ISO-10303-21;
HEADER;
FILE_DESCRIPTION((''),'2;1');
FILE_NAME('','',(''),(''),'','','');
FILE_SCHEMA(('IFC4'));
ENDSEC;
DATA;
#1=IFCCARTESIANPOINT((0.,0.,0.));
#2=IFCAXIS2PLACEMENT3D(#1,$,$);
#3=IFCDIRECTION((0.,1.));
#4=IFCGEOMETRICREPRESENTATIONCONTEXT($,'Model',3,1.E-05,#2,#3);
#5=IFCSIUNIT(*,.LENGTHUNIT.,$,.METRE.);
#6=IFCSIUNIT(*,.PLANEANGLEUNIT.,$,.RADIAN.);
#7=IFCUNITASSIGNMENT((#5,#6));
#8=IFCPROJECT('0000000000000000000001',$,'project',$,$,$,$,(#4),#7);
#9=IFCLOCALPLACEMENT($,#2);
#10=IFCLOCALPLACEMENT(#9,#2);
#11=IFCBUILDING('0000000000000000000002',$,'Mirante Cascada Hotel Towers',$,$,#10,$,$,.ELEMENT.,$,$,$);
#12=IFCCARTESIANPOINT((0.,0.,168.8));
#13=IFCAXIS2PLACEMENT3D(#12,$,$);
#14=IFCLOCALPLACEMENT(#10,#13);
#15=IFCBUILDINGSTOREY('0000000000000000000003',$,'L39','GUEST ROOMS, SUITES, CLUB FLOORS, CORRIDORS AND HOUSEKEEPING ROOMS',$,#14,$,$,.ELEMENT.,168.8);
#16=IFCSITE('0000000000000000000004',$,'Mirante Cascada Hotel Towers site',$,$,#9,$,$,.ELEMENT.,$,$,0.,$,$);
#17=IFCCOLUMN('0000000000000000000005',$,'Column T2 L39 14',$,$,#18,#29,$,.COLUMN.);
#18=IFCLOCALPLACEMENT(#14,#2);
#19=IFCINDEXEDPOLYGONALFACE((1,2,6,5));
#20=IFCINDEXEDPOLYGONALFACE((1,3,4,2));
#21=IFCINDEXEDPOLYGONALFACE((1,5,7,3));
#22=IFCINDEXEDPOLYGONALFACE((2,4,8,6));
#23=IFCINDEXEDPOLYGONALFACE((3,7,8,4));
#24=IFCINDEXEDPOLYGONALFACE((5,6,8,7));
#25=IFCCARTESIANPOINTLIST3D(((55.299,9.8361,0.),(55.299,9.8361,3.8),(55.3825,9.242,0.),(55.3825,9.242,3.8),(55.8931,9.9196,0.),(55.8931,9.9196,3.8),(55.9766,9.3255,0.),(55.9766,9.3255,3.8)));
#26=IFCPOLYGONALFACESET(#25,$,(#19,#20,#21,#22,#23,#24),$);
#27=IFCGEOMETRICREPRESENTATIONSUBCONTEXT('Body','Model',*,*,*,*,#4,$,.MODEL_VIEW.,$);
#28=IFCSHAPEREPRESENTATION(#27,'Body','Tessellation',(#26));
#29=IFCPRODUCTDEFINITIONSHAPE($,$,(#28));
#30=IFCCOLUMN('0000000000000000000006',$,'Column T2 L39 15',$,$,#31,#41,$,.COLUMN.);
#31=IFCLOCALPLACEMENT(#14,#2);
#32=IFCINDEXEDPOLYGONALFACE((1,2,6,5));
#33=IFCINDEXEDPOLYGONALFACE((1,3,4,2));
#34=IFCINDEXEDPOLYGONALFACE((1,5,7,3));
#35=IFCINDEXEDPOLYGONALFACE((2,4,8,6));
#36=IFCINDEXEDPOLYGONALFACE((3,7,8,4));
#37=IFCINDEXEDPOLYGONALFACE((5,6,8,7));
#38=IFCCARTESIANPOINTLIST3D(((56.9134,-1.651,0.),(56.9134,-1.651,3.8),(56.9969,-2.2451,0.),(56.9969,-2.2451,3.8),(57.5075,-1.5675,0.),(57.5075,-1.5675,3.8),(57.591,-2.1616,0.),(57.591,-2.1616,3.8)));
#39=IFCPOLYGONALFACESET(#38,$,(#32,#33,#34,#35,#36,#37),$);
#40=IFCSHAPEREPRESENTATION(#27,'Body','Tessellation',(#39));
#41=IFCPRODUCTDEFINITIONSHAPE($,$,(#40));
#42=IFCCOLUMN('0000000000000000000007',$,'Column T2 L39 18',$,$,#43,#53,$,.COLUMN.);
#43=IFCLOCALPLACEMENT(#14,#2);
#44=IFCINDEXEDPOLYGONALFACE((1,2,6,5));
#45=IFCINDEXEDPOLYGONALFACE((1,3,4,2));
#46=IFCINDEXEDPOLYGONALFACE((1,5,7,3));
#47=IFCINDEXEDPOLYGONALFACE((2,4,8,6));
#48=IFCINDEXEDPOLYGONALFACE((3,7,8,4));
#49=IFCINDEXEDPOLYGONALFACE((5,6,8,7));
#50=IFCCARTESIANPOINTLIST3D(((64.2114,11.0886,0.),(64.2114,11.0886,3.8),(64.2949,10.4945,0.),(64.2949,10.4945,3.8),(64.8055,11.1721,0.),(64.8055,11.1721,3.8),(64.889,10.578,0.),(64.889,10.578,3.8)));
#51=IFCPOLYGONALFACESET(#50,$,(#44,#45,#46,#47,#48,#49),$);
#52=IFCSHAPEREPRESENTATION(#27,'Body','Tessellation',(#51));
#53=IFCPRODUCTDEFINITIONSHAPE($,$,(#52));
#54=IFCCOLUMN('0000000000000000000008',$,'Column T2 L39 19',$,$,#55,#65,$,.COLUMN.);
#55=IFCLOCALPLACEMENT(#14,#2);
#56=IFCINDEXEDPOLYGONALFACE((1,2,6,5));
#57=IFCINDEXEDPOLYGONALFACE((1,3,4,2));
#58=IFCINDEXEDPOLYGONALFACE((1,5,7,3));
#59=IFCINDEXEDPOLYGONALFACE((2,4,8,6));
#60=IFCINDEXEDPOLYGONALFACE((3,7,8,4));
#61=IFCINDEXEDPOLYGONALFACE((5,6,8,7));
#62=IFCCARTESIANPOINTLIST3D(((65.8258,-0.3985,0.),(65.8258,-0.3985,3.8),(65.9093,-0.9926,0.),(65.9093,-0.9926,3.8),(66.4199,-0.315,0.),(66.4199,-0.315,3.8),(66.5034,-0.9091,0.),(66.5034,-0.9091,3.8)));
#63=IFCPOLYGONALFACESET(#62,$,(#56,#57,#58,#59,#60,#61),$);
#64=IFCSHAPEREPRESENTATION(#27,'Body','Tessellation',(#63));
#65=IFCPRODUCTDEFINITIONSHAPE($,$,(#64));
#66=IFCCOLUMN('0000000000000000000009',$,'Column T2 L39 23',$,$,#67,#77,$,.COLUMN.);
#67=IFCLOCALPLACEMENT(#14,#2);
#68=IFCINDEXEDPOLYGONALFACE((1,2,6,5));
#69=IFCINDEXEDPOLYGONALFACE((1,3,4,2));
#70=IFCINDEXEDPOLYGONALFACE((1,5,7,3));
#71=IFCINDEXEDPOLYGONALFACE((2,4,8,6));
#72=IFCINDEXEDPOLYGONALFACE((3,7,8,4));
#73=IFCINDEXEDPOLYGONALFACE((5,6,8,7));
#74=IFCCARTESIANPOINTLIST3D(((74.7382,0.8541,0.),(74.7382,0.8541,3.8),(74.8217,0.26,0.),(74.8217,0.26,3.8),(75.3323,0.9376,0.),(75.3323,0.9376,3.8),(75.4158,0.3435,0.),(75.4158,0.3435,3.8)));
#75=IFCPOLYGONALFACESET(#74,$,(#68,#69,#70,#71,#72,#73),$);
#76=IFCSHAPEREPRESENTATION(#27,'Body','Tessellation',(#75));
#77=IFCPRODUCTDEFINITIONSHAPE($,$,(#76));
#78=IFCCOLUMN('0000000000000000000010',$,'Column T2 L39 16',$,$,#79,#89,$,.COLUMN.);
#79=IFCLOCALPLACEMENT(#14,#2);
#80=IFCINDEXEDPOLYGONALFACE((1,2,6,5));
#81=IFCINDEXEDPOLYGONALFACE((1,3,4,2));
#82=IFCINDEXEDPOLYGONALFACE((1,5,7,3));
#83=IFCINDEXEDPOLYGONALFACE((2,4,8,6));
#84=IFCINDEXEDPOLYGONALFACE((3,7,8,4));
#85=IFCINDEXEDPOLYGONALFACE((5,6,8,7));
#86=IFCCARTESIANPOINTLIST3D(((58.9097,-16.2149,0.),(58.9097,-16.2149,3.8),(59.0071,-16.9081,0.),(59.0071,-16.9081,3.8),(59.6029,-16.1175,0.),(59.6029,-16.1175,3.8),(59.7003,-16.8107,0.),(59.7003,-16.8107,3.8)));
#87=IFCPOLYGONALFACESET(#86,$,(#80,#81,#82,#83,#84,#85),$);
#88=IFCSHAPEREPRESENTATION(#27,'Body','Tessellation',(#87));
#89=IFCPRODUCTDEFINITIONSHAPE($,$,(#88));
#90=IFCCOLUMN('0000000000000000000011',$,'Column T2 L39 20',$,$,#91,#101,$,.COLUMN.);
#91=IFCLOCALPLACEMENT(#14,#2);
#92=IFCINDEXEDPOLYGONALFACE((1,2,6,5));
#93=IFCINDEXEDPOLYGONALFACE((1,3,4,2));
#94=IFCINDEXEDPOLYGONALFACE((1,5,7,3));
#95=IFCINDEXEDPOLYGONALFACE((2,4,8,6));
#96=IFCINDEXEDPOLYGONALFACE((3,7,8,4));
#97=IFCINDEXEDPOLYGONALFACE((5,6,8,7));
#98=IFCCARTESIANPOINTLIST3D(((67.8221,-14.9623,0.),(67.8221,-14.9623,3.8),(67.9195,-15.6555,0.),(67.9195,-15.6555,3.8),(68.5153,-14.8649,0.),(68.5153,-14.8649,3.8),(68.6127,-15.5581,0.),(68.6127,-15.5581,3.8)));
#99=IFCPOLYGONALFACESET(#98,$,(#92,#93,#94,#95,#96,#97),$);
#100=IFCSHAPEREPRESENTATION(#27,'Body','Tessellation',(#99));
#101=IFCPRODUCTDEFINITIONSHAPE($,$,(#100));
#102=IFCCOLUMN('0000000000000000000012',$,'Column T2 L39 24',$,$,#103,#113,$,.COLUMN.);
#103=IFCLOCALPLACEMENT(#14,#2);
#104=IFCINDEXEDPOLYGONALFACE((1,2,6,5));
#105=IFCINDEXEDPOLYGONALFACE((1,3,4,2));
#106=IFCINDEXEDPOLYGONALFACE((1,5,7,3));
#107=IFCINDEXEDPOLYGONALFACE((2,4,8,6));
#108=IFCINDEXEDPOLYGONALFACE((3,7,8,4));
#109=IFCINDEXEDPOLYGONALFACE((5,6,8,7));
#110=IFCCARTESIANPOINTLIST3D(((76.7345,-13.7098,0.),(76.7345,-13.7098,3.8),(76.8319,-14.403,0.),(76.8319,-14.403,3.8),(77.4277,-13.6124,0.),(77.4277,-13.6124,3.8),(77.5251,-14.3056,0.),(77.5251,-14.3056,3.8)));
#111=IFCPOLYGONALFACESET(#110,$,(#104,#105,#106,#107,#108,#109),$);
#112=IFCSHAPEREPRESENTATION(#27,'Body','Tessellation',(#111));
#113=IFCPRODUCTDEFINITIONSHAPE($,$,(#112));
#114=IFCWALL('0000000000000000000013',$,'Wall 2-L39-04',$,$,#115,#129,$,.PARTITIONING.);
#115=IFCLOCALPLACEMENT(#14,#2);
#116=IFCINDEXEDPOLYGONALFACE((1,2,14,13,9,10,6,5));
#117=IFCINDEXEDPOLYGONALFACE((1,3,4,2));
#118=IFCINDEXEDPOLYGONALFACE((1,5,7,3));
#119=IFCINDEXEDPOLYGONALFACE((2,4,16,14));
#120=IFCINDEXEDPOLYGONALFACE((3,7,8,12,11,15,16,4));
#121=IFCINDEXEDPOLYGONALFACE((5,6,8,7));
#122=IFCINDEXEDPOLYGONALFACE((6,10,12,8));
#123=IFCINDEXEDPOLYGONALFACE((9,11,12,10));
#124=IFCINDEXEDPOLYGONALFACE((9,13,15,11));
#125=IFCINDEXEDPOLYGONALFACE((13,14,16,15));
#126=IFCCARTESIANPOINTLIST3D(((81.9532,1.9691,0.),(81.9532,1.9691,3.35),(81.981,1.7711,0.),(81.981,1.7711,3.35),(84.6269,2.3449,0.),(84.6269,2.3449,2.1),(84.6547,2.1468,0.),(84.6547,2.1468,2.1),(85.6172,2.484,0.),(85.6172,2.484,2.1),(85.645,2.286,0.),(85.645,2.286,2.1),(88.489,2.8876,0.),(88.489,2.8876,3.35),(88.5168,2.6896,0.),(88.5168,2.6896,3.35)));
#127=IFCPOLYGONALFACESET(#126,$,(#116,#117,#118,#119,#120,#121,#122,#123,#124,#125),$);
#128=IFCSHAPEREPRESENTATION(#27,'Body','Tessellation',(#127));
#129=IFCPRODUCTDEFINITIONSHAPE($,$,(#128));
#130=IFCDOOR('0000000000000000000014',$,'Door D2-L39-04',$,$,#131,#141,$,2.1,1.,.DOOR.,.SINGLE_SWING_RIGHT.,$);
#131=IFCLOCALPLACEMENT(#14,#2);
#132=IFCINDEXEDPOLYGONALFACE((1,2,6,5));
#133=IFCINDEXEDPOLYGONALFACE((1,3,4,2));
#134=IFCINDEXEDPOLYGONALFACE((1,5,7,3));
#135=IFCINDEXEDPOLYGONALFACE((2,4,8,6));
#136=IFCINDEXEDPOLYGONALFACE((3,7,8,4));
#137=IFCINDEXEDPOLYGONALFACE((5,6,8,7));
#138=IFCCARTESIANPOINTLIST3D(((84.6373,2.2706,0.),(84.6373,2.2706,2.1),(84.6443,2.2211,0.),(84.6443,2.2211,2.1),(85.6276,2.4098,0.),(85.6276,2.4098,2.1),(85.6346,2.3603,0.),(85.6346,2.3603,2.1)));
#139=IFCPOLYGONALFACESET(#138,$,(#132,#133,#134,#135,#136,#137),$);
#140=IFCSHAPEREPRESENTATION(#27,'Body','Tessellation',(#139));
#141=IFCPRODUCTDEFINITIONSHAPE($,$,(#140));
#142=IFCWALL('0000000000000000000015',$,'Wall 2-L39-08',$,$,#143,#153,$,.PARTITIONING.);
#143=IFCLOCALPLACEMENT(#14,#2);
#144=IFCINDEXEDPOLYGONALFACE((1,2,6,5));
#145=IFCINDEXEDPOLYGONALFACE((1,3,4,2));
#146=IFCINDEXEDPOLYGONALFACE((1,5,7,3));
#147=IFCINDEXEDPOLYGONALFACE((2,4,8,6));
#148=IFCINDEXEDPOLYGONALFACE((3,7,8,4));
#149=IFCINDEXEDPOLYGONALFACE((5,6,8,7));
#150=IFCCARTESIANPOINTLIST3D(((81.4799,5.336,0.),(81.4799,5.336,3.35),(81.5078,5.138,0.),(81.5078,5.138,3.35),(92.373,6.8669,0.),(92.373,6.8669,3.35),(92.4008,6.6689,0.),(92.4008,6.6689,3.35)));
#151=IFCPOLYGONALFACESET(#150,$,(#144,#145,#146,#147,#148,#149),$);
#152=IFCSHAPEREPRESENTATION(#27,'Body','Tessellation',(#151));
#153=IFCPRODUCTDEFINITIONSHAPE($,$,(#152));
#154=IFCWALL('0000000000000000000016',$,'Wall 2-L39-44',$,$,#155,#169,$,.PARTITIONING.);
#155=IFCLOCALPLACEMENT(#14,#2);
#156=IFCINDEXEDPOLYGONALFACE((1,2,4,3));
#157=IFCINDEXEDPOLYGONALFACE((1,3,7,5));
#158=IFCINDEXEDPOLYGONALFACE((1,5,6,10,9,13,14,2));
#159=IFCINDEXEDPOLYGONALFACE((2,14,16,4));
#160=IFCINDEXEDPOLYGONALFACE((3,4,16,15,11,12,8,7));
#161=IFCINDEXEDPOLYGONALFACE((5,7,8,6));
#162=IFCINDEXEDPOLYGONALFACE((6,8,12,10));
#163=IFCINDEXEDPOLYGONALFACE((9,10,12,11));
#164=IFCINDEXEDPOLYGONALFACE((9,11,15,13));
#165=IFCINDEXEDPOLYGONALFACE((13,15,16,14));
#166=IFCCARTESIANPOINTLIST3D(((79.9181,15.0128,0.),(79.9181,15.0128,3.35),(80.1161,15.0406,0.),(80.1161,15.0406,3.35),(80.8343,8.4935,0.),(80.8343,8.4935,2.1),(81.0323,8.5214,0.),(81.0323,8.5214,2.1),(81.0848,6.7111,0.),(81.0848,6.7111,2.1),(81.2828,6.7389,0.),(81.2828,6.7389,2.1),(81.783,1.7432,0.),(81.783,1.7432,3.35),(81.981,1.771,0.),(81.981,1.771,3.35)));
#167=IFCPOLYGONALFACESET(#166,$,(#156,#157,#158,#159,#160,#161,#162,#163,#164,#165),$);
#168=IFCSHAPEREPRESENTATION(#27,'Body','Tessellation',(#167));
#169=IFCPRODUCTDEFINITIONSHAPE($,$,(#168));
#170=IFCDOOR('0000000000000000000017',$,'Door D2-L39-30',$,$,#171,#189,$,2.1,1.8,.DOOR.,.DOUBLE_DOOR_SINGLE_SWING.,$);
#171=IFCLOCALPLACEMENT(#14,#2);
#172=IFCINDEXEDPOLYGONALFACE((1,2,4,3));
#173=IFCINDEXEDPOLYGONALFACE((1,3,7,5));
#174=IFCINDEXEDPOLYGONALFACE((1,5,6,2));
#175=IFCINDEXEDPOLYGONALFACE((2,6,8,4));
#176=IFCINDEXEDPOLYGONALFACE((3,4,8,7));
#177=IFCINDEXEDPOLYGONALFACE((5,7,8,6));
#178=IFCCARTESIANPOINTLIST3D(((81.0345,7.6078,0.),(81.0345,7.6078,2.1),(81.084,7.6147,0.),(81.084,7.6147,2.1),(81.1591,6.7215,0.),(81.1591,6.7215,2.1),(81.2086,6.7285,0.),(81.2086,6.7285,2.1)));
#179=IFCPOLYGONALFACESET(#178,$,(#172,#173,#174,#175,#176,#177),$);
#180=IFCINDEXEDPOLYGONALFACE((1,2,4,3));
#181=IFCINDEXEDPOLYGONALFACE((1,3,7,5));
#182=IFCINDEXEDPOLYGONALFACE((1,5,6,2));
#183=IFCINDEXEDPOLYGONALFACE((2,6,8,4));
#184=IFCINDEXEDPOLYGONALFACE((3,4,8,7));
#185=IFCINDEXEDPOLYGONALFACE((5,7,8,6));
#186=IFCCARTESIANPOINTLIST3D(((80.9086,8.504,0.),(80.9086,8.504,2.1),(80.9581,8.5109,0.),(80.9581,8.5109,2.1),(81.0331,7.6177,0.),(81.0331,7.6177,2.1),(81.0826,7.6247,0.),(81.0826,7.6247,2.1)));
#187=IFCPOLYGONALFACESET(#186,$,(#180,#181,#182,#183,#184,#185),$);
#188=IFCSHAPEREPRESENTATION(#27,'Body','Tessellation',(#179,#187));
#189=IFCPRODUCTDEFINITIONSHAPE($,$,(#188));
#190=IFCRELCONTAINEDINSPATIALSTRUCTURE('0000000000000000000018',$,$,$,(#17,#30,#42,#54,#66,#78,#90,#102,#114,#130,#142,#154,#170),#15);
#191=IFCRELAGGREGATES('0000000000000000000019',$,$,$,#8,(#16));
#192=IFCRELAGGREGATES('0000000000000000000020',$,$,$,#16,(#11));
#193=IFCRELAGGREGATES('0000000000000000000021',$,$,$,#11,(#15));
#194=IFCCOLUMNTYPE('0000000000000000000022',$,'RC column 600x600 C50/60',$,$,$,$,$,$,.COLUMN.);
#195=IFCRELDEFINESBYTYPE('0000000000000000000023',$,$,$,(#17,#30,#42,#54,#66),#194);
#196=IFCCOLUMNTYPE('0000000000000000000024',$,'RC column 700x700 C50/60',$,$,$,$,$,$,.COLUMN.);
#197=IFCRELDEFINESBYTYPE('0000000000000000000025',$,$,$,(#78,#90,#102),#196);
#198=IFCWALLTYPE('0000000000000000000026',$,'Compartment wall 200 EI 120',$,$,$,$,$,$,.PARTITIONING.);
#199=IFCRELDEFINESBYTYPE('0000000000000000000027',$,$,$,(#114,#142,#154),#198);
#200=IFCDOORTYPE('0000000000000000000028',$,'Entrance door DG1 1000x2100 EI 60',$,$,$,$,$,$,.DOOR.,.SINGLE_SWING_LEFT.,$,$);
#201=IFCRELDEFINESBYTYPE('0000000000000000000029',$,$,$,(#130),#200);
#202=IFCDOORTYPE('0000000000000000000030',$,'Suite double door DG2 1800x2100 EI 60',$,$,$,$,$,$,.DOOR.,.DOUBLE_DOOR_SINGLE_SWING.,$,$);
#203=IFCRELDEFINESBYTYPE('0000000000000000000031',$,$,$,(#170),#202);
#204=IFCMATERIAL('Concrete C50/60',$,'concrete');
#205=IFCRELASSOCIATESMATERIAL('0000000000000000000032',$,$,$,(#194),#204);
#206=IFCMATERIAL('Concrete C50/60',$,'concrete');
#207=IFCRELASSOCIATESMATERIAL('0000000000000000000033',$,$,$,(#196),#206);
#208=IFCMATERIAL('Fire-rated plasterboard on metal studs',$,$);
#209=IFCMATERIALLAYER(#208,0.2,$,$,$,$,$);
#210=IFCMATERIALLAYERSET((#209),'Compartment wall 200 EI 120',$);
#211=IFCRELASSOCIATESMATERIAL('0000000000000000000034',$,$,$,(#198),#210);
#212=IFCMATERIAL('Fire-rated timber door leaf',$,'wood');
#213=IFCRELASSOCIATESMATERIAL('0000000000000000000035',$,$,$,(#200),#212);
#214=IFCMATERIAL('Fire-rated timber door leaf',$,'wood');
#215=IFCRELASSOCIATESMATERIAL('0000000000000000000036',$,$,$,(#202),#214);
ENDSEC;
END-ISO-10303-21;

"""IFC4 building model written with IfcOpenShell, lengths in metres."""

from ifc_helpers import new_model, si_unit, direction, frame, frame_2d, origin, origin_2d, place, context, subcontext, project, spatial, rectangle, extrude, material, layer, layer_set, material_profile, profile_set, type_object, element, fill, save


model = new_model("IFC4")

# Units and contexts
model_context = context("Model", 3, precision=1e-05, world=origin(), true_north=direction((0.0, 1.0)))
body_context = subcontext(model_context, "Body", "Model", "MODEL_VIEW")
ifc_project = project(units=[si_unit("LENGTHUNIT", "METRE"), si_unit("PLANEANGLEUNIT", "RADIAN")], contexts=[model_context])

# Site, building, storey
site_placement = place(None, origin())
site = spatial("IfcSite", under=ifc_project, at=site_placement, Name="Mirante Cascada Hotel Towers site", CompositionType="ELEMENT", RefElevation=0.0)
building_placement = place(site_placement, origin())
building = spatial("IfcBuilding", under=site, at=building_placement, Name="Mirante Cascada Hotel Towers", CompositionType="ELEMENT")
storey_placement = place(building_placement, frame((0.0, 0.0, 168.8)))
storey = spatial("IfcBuildingStorey", under=building, at=storey_placement, Name="L39", Description="GUEST ROOMS, SUITES, CLUB FLOORS, CORRIDORS AND HOUSEKEEPING ROOMS", CompositionType="ELEMENT", Elevation=168.8)

# Columns
ifc_material_1 = material(Name="Concrete C50/60", Category="concrete")
ifc_material_profile_1 = material_profile(ifc_material_1, rectangle(XDim=0.6, YDim=0.6, at=origin_2d()), Name="RC column 600x600 C50/60")
ifc_profile_set_1 = profile_set([ifc_material_profile_1], Name="Concrete C50/60")
column_type_1 = type_object("IfcColumnType", Name="RC column 600x600 C50/60", PredefinedType="COLUMN", material=ifc_profile_set_1)
for number, where, z_axis, x_axis, name in (
    (1, (55.6378, 9.5808, 0.0), (0.0, 0.0, 1.0), (0.990268, 0.139173, 0.0), "Column T2 L39 14"),
    (2, (57.2522, -1.9063, 0.0), (0.0, 0.0, 1.0), (0.990268, 0.139173, 0.0), "Column T2 L39 15"),
    (3, (64.5502, 10.8333, 0.0), (0.0, 0.0, 1.0), (0.990268, 0.139173, 0.0), "Column T2 L39 18"),
    (4, (66.1646, -0.6538, 0.0), (0.0, 0.0, 1.0), (0.990268, 0.139173, 0.0), "Column T2 L39 19"),
    (5, (75.077, 0.5988, 0.0), (0.0, 0.0, 1.0), (0.990268, 0.139173, 0.0), "Column T2 L39 23"),
):
    element("IfcColumn", number, at=place(storey_placement, frame(where, z_axis=z_axis, x_axis=x_axis)), inside=storey, type_object=column_type_1, Name=name, PredefinedType="COLUMN", context=body_context, shape_type="SweptSolid", body=[
        extrude(rectangle(XDim=0.6, YDim=0.6, at=origin_2d()), origin(), (0.0, 0.0, 1.0), 3.8),
    ])
ifc_material_2 = material(Name="Concrete C50/60", Category="concrete")
ifc_material_profile_2 = material_profile(ifc_material_2, rectangle(XDim=0.7, YDim=0.7, at=origin_2d()), Name="RC column 700x700 C50/60")
ifc_profile_set_2 = profile_set([ifc_material_profile_2], Name="Concrete C50/60")
column_type_2 = type_object("IfcColumnType", Name="RC column 700x700 C50/60", PredefinedType="COLUMN", material=ifc_profile_set_2)
for number, where, z_axis, x_axis, name in (
    (6, (59.305, -16.5128, 0.0), (0.0, 0.0, 1.0), (0.990268, 0.139173, 0.0), "Column T2 L39 16"),
    (7, (68.2174, -15.2602, 0.0), (0.0, 0.0, 1.0), (0.990268, 0.139173, 0.0), "Column T2 L39 20"),
    (8, (77.1298, -14.0077, 0.0), (0.0, 0.0, 1.0), (0.990268, 0.139173, 0.0), "Column T2 L39 24"),
):
    element("IfcColumn", number, at=place(storey_placement, frame(where, z_axis=z_axis, x_axis=x_axis)), inside=storey, type_object=column_type_2, Name=name, PredefinedType="COLUMN", context=body_context, shape_type="SweptSolid", body=[
        extrude(rectangle(XDim=0.7, YDim=0.7, at=origin_2d()), origin(), (0.0, 0.0, 1.0), 3.8),
    ])

# Wall, opening, door
ifc_material_3 = material(Name="Fire-rated plasterboard on metal studs")
ifc_layer_1 = layer(ifc_material_3, 0.2)
ifc_layer_set_1 = layer_set([ifc_layer_1], Name="Compartment wall 200 EI 120")
wall_type_1 = type_object("IfcWallType", Name="Compartment wall 200 EI 120", PredefinedType="PARTITIONING", material=ifc_layer_set_1)
wall_1_placement = place(storey_placement, frame((81.9671, 1.8701, 0.0), z_axis=(0.0, 0.0, 1.0), x_axis=(0.990269, 0.139166, 0.0)))
wall_1 = element("IfcWall", 9, at=wall_1_placement, inside=storey, type_object=wall_type_1, Name="Wall 2-L39-04", PredefinedType="PARTITIONING", context=body_context, shape_type="SweptSolid", body=[
    extrude(rectangle(XDim=6.6, YDim=0.2, at=frame_2d((3.3, 0.0))), origin(), (0.0, 0.0, 1.0), 3.35),
])
opening_1_placement = place(wall_1_placement, frame((2.7, 0.0, 0.0)))
opening_1 = element("IfcOpeningElement", 10, at=opening_1_placement, cuts=wall_1, PredefinedType="OPENING", context=body_context, shape_type="SweptSolid", body=[
    extrude(rectangle(XDim=1.0, YDim=2.1, at=frame_2d((0.5, 1.05))), frame((0.0, 0.1, 0.0), z_axis=(0.0, -1.0, 0.0), x_axis=(1.0, 0.0, 0.0)), (0.0, 0.0, 1.0), 0.2),
])
ifc_material_4 = material(Name="Fire-rated timber door leaf", Category="wood")
door_type_1 = type_object("IfcDoorType", Name="Entrance door DG1 1000x2100 EI 60", OperationType="SINGLE_SWING_LEFT", PredefinedType="DOOR", material=ifc_material_4)
door_1_placement = place(opening_1_placement, frame((1.0, 0.0, 0.0), z_axis=(0.0, 0.0, 1.0), x_axis=(-1.0, 0.0, 0.0)))
door_1 = element("IfcDoor", 11, at=door_1_placement, inside=storey, type_object=door_type_1, Name="Door D2-L39-04", OperationType="SINGLE_SWING_RIGHT", OverallHeight=2.1, OverallWidth=1.0, PredefinedType="DOOR", context=body_context, shape_type="SweptSolid", body=[
    extrude(rectangle(XDim=1.0, YDim=2.1, at=frame_2d((0.5, 1.05))), frame((0.0, 0.025, 0.0), z_axis=(0.0, -1.0, 0.0), x_axis=(1.0, 0.0, 0.0)), (0.0, 0.0, 1.0), 0.05),
])
fill(opening_1, door_1)

# Wall
wall_2_placement = place(storey_placement, frame((81.4939, 5.237, 0.0), z_axis=(0.0, 0.0, 1.0), x_axis=(0.990268, 0.139172, 0.0)))
element("IfcWall", 12, at=wall_2_placement, inside=storey, type_object=wall_type_1, Name="Wall 2-L39-08", PredefinedType="PARTITIONING", context=body_context, shape_type="SweptSolid", body=[
    extrude(rectangle(XDim=11.0001, YDim=0.2, at=frame_2d((5.5, 0.0))), origin(), (0.0, 0.0, 1.0), 3.35),
])

# Wall, opening, door
wall_3_placement = place(storey_placement, frame((81.882, 1.7571, 0.0), z_axis=(0.0, 0.0, 1.0), x_axis=(-0.139172, 0.990268, 0.0)))
wall_3 = element("IfcWall", 13, at=wall_3_placement, inside=storey, type_object=wall_type_1, Name="Wall 2-L39-44", PredefinedType="PARTITIONING", context=body_context, shape_type="SweptSolid", body=[
    extrude(rectangle(XDim=13.4, YDim=0.2, at=frame_2d((6.7, 0.0))), origin(), (0.0, 0.0, 1.0), 3.35),
])
opening_2_placement = place(wall_3_placement, frame((5.0167, 0.0, 0.0)))
opening_2 = element("IfcOpeningElement", 14, at=opening_2_placement, cuts=wall_3, PredefinedType="OPENING", context=body_context, shape_type="SweptSolid", body=[
    extrude(rectangle(XDim=1.8, YDim=2.1, at=frame_2d((0.9, 1.05))), frame((0.0, 0.1, 0.0), z_axis=(0.0, -1.0, 0.0), x_axis=(1.0, 0.0, 0.0)), (0.0, 0.0, 1.0), 0.2),
])
ifc_material_5 = material(Name="Fire-rated timber door leaf", Category="wood")
door_type_2 = type_object("IfcDoorType", Name="Suite double door DG2 1800x2100 EI 60", OperationType="DOUBLE_DOOR_SINGLE_SWING", PredefinedType="DOOR", material=ifc_material_5)
door_2_placement = place(opening_2_placement, origin())
door_2 = element("IfcDoor", 15, at=door_2_placement, inside=storey, type_object=door_type_2, Name="Door D2-L39-30", OperationType="DOUBLE_DOOR_SINGLE_SWING", OverallHeight=2.1, OverallWidth=1.8, PredefinedType="DOOR", context=body_context, shape_type="SweptSolid", body=[
    extrude(rectangle(XDim=0.895, YDim=2.1, at=frame_2d((0.4475, 1.05))), frame((0.0, 0.025, 0.0), z_axis=(0.0, -1.0, 0.0), x_axis=(1.0, 0.0, 0.0)), (0.0, 0.0, 1.0), 0.05),
    extrude(rectangle(XDim=0.895, YDim=2.1, at=frame_2d((1.3525, 1.05))), frame((0.0, 0.025, 0.0), z_axis=(0.0, -1.0, 0.0), x_axis=(1.0, 0.0, 0.0)), (0.0, 0.0, 1.0), 0.05),
])
fill(opening_2, door_2)

save(model, "model.ifc")
